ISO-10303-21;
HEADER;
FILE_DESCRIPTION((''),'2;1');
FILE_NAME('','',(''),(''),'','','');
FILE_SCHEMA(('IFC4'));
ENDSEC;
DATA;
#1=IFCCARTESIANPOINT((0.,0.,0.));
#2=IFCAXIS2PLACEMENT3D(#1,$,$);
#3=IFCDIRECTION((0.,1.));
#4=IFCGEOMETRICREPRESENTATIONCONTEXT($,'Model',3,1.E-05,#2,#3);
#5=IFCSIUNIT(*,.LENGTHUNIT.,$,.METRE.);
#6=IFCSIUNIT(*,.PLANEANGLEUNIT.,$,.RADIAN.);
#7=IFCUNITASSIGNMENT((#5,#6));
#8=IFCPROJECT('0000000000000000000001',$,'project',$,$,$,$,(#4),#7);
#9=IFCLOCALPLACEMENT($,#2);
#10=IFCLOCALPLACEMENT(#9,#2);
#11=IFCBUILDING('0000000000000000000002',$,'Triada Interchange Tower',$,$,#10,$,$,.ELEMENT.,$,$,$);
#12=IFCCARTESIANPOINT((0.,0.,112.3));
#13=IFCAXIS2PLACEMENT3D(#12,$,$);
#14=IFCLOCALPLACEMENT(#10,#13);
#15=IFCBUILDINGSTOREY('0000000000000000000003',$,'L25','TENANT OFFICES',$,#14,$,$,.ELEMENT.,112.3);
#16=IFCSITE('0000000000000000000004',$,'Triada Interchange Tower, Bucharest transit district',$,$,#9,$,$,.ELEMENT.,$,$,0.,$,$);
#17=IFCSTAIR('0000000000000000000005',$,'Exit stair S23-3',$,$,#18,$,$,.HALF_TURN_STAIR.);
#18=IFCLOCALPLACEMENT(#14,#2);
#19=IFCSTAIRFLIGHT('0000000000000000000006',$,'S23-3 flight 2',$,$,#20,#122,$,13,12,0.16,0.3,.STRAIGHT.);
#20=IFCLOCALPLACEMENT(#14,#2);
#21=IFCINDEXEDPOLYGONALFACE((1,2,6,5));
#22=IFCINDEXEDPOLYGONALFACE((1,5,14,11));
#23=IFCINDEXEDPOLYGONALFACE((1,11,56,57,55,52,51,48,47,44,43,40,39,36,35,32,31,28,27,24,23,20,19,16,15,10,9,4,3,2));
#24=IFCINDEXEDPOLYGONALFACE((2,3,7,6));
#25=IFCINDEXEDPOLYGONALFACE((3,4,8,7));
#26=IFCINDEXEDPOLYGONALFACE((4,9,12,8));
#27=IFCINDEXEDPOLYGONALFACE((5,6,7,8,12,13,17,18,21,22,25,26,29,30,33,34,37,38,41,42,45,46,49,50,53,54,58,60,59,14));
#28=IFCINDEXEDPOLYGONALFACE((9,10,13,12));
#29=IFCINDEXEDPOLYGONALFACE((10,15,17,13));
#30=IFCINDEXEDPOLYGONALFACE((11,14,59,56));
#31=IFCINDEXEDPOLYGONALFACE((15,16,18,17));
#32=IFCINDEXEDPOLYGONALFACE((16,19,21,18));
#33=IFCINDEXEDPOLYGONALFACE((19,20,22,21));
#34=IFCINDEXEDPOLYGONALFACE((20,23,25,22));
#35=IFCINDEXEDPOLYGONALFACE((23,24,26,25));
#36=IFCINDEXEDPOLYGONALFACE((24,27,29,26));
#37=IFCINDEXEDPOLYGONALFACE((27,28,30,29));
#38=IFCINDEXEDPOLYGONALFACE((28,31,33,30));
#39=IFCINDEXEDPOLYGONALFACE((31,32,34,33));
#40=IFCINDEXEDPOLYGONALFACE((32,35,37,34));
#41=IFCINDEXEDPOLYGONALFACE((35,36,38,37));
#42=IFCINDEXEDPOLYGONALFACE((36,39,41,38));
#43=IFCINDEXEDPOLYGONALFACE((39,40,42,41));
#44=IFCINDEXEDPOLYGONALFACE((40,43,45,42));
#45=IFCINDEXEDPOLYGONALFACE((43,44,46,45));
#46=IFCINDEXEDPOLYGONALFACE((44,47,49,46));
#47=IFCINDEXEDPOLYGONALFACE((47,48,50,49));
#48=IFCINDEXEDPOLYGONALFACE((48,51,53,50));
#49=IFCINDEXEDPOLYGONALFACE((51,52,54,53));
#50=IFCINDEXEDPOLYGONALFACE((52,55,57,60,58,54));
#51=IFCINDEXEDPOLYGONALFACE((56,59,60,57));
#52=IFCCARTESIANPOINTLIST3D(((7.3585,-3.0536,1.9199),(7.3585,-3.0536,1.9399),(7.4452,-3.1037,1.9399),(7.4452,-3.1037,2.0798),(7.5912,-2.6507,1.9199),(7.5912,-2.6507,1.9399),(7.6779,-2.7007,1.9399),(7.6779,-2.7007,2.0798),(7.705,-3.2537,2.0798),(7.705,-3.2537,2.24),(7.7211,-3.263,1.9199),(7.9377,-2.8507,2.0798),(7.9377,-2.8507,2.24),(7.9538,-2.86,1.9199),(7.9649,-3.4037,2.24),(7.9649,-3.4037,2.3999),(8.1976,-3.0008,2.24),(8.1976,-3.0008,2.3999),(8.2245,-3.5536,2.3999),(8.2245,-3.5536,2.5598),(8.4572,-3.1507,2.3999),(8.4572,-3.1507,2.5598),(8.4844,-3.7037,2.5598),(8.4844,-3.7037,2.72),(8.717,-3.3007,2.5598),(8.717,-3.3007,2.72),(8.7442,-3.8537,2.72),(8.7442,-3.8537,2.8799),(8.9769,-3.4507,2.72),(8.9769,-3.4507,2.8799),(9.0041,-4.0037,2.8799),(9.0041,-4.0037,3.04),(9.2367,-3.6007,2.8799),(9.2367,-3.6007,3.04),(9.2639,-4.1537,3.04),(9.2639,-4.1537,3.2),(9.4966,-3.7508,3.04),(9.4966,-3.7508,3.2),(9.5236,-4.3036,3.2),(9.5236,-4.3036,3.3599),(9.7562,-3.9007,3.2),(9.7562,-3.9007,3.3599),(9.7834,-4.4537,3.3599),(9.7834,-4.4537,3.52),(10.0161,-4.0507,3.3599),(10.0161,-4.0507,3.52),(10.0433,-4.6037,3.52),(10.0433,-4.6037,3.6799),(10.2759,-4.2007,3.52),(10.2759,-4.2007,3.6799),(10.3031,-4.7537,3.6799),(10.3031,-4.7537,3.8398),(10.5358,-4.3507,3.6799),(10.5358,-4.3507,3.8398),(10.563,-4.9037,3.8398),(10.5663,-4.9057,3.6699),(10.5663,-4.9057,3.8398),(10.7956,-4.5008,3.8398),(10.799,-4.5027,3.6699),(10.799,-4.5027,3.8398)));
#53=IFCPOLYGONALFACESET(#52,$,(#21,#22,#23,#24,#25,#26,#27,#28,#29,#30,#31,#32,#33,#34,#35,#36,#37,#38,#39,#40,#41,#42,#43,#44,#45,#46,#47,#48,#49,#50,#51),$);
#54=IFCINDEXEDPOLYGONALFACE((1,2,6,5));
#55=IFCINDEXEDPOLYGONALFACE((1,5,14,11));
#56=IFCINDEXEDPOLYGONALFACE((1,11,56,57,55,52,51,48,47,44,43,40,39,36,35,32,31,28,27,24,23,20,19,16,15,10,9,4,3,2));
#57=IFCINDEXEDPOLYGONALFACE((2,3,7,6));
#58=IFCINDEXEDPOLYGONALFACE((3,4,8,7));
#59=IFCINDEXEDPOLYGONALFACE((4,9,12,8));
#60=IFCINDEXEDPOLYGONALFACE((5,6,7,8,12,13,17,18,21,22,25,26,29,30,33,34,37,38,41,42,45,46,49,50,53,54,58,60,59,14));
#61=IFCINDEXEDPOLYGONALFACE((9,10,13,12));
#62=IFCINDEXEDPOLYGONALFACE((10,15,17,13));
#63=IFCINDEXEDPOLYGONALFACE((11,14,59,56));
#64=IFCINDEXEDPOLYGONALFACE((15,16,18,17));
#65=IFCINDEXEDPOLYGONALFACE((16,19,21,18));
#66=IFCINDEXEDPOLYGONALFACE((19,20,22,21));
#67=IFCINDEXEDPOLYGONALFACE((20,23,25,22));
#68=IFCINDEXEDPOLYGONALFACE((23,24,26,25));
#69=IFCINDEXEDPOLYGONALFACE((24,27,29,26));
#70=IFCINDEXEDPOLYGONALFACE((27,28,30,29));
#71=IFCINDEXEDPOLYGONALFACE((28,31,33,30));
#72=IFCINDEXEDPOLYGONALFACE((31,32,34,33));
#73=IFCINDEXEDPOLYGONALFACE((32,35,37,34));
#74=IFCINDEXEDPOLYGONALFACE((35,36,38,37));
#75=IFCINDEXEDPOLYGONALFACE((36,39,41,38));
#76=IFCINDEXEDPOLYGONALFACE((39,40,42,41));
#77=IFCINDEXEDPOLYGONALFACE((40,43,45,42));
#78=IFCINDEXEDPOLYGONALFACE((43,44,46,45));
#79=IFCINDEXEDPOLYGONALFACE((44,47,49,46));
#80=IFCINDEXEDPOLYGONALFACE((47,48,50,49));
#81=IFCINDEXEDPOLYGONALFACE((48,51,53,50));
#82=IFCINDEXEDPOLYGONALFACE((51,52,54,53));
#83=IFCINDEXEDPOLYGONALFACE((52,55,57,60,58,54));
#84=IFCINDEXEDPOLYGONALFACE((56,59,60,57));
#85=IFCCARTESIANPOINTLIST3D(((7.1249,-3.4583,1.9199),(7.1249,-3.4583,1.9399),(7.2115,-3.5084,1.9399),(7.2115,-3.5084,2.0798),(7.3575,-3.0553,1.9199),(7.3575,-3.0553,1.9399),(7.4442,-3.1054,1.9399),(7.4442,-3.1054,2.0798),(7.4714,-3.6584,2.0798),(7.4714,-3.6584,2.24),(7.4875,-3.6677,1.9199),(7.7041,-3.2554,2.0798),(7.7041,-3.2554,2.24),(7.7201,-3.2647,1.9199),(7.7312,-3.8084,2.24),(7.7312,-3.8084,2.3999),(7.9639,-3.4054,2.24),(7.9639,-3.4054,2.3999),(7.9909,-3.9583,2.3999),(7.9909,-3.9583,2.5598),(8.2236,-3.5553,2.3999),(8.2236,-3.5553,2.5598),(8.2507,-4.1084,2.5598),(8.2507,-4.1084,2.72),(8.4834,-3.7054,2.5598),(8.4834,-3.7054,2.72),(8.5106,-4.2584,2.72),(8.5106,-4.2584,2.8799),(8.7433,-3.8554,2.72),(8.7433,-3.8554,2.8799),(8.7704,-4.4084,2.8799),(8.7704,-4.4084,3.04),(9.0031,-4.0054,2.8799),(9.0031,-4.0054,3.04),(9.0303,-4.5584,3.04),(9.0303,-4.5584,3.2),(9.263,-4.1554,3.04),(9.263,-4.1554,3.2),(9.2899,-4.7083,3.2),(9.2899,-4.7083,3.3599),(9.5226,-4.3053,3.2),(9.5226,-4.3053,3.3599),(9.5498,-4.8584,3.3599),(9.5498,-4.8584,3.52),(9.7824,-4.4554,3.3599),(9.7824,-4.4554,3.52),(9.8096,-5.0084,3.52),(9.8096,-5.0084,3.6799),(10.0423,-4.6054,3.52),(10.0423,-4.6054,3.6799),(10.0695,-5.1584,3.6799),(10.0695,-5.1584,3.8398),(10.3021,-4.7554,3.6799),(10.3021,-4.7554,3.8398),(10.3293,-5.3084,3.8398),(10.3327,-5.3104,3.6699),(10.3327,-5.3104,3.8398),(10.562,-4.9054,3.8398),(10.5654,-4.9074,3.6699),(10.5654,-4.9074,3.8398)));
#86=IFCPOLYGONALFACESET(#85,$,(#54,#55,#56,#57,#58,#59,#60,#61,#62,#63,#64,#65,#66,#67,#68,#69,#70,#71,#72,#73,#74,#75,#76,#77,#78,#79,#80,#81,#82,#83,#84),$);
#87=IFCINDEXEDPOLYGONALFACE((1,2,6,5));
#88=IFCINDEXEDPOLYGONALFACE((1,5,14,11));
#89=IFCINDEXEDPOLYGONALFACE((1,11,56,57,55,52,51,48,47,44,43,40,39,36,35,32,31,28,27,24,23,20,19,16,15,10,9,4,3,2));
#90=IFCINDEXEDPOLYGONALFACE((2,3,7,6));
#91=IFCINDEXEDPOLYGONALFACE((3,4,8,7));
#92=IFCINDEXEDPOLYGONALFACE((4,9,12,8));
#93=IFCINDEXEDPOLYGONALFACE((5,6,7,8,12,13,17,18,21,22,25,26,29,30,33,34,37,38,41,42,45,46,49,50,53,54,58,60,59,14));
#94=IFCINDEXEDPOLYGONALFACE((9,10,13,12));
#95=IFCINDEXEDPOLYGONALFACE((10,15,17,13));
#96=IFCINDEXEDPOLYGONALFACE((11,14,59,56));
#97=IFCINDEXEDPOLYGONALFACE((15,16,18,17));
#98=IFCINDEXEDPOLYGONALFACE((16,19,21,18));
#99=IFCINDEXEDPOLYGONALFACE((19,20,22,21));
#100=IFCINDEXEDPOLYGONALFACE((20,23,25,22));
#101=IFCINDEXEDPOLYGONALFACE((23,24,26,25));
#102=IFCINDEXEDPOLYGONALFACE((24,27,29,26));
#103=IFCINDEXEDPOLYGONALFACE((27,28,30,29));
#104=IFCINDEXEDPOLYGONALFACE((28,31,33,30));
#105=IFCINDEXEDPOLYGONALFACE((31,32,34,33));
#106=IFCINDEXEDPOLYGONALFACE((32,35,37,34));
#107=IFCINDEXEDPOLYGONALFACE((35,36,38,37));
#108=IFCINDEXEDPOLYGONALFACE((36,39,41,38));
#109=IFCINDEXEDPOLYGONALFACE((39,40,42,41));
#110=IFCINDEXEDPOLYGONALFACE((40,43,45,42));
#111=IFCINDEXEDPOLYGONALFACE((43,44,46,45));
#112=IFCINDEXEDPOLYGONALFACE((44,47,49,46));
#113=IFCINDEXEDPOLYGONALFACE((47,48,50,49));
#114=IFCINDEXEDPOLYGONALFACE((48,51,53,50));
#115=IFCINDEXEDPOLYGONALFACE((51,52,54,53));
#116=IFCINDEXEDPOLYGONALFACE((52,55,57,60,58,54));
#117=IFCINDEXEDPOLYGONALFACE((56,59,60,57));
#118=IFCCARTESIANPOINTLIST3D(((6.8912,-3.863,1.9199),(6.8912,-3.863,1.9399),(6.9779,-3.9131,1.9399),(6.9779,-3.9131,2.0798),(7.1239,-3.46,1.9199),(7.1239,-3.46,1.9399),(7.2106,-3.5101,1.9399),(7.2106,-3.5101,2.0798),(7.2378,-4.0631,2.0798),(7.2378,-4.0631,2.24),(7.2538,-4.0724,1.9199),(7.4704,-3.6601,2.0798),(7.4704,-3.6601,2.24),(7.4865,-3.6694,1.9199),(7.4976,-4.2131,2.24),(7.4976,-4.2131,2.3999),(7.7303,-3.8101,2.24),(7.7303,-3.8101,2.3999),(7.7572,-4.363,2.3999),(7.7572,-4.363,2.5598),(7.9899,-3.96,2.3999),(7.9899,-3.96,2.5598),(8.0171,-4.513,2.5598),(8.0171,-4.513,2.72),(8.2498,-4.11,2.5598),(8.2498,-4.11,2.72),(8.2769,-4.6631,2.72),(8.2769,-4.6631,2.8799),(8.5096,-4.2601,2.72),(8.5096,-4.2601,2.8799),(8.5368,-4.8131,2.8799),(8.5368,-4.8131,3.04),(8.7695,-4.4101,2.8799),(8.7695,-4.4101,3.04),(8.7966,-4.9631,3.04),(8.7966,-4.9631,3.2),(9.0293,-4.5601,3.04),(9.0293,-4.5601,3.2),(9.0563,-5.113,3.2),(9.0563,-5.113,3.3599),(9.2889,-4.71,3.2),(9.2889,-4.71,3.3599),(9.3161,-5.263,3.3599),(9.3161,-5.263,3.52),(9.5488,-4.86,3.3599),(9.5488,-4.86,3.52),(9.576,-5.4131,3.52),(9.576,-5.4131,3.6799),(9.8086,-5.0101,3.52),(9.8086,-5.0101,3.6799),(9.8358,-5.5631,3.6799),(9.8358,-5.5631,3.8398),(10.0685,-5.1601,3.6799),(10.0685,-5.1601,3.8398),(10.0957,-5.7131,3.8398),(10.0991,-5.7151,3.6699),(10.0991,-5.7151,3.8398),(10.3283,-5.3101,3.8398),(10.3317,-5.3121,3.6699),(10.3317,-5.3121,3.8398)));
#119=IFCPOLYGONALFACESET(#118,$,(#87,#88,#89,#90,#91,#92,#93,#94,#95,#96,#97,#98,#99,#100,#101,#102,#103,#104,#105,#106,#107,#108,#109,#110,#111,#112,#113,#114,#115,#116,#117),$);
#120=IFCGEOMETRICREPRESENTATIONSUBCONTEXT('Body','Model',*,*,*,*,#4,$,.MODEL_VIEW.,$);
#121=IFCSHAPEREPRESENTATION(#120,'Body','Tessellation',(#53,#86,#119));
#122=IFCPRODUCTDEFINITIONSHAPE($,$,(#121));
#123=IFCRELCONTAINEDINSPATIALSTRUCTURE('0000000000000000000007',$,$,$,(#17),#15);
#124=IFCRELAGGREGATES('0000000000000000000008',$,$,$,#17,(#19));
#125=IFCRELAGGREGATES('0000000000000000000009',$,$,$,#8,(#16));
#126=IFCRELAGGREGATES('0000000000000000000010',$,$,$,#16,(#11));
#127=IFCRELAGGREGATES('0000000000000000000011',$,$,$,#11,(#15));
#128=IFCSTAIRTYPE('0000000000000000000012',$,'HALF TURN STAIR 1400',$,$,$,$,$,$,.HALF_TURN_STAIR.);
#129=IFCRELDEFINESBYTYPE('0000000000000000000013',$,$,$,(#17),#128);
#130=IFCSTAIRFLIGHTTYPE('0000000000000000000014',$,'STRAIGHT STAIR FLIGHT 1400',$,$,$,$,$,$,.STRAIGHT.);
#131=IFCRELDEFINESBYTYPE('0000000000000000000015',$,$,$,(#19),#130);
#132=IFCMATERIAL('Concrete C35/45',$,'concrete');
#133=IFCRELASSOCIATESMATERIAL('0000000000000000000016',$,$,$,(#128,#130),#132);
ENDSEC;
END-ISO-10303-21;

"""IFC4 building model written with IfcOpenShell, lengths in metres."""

from ifc_helpers import new_model, si_unit, direction, frame, origin, place, context, subcontext, project, spatial, polyline, outline, extrude, material, type_object, element, aggregate, save


model = new_model("IFC4")

# Units and contexts
model_context = context("Model", 3, precision=1e-05, world=origin(), true_north=direction((0.0, 1.0)))
body_context = subcontext(model_context, "Body", "Model", "MODEL_VIEW")
ifc_project = project(units=[si_unit("LENGTHUNIT", "METRE"), si_unit("PLANEANGLEUNIT", "RADIAN")], contexts=[model_context])

# Site, building, storey
site_placement = place(None, origin())
site = spatial("IfcSite", under=ifc_project, at=site_placement, Name="Triada Interchange Tower, Bucharest transit district", CompositionType="ELEMENT", RefElevation=0.0)
building_placement = place(site_placement, origin())
building = spatial("IfcBuilding", under=site, at=building_placement, Name="Triada Interchange Tower", CompositionType="ELEMENT")
storey_placement = place(building_placement, frame((0.0, 0.0, 112.3)))
storey = spatial("IfcBuildingStorey", under=building, at=storey_placement, Name="L25", Description="TENANT OFFICES", CompositionType="ELEMENT", Elevation=112.3)

# Stair, stair flight
ifc_material_1 = material(Name="Concrete C35/45", Category="concrete")
stair_type = type_object("IfcStairType", Name="HALF TURN STAIR 1400", PredefinedType="HALF_TURN_STAIR", material=ifc_material_1)
stair_placement = place(storey_placement, origin())
stair = element("IfcStair", 1, at=stair_placement, inside=storey, type_object=stair_type, Name="Exit stair S23-3", PredefinedType="HALF_TURN_STAIR")
stair_flight_type = type_object("IfcStairFlightType", Name="STRAIGHT STAIR FLIGHT 1400", PredefinedType="STRAIGHT", material=ifc_material_1)
stair_flight_1_placement = place(storey_placement, frame((7.3279, -3.3069, 1.9199), z_axis=(0.0, 0.0, 1.0), x_axis=(0.866025, -0.5, 0.0)))
stair_flight_1 = element("IfcStairFlight", 2, at=stair_flight_1_placement, type_object=stair_flight_type, Name="S23-3 flight 2", NumberOfRisers=13, NumberOfTreads=12, PredefinedType="STRAIGHT", RiserHeight=0.16, TreadLength=0.3, context=body_context, shape_type="SweptSolid", body=[
    extrude(outline(polyline([(-0.1001, 0.0), (-0.1001, 0.02), (0.0, 0.02), (0.0, 0.1599), (0.3, 0.1599), (0.3, 0.3201), (0.6001, 0.3201), (0.6001, 0.48), (0.8999, 0.48), (0.8999, 0.6399), (1.2, 0.6399), (1.2, 0.8), (1.5, 0.8), (1.5, 0.96), (1.8, 0.96), (1.8, 1.1201), (2.1001, 1.1201), (2.1001, 1.28), (2.3999, 1.28), (2.3999, 1.4399), (2.7, 1.4399), (2.7, 1.6001), (3.0, 1.6001), (3.0, 1.76), (3.3, 1.76), (3.3, 1.9199), (3.6001, 1.9199), (3.604, 1.9199), (3.604, 2.0801), (3.604, 1.75), (0.3186, 0.0), (-0.1001, 0.0)])), frame((0.0, 0.7, 0.0), z_axis=(0.0, -1.0, 0.0), x_axis=(1.0, 0.0, 0.0)), (0.0, 0.0, 1.0), 0.4653),
    extrude(outline(polyline([(-0.1001, 0.0), (-0.1001, 0.02), (0.0, 0.02), (0.0, 0.1599), (0.3, 0.1599), (0.3, 0.3201), (0.6001, 0.3201), (0.6001, 0.48), (0.8999, 0.48), (0.8999, 0.6399), (1.2, 0.6399), (1.2, 0.8), (1.5, 0.8), (1.5, 0.96), (1.8, 0.96), (1.8, 1.1201), (2.1001, 1.1201), (2.1001, 1.28), (2.3999, 1.28), (2.3999, 1.4399), (2.7, 1.4399), (2.7, 1.6001), (3.0, 1.6001), (3.0, 1.76), (3.3, 1.76), (3.3, 1.9199), (3.6001, 1.9199), (3.604, 1.9199), (3.604, 2.0801), (3.604, 1.75), (0.3186, 0.0), (-0.1001, 0.0)])), frame((0.0, 0.2327, 0.0), z_axis=(0.0, -1.0, 0.0), x_axis=(1.0, 0.0, 0.0)), (0.0, 0.0, 1.0), 0.4653),
    extrude(outline(polyline([(-0.1001, 0.0), (-0.1001, 0.02), (0.0, 0.02), (0.0, 0.1599), (0.3, 0.1599), (0.3, 0.3201), (0.6001, 0.3201), (0.6001, 0.48), (0.8999, 0.48), (0.8999, 0.6399), (1.2, 0.6399), (1.2, 0.8), (1.5, 0.8), (1.5, 0.96), (1.8, 0.96), (1.8, 1.1201), (2.1001, 1.1201), (2.1001, 1.28), (2.3999, 1.28), (2.3999, 1.4399), (2.7, 1.4399), (2.7, 1.6001), (3.0, 1.6001), (3.0, 1.76), (3.3, 1.76), (3.3, 1.9199), (3.6001, 1.9199), (3.604, 1.9199), (3.604, 2.0801), (3.604, 1.75), (0.3186, 0.0), (-0.1001, 0.0)])), frame((0.0, -0.2346, 0.0), z_axis=(0.0, -1.0, 0.0), x_axis=(1.0, 0.0, 0.0)), (0.0, 0.0, 1.0), 0.4653),
])
aggregate(stair, [stair_flight_1])

save(model, "model.ifc")
